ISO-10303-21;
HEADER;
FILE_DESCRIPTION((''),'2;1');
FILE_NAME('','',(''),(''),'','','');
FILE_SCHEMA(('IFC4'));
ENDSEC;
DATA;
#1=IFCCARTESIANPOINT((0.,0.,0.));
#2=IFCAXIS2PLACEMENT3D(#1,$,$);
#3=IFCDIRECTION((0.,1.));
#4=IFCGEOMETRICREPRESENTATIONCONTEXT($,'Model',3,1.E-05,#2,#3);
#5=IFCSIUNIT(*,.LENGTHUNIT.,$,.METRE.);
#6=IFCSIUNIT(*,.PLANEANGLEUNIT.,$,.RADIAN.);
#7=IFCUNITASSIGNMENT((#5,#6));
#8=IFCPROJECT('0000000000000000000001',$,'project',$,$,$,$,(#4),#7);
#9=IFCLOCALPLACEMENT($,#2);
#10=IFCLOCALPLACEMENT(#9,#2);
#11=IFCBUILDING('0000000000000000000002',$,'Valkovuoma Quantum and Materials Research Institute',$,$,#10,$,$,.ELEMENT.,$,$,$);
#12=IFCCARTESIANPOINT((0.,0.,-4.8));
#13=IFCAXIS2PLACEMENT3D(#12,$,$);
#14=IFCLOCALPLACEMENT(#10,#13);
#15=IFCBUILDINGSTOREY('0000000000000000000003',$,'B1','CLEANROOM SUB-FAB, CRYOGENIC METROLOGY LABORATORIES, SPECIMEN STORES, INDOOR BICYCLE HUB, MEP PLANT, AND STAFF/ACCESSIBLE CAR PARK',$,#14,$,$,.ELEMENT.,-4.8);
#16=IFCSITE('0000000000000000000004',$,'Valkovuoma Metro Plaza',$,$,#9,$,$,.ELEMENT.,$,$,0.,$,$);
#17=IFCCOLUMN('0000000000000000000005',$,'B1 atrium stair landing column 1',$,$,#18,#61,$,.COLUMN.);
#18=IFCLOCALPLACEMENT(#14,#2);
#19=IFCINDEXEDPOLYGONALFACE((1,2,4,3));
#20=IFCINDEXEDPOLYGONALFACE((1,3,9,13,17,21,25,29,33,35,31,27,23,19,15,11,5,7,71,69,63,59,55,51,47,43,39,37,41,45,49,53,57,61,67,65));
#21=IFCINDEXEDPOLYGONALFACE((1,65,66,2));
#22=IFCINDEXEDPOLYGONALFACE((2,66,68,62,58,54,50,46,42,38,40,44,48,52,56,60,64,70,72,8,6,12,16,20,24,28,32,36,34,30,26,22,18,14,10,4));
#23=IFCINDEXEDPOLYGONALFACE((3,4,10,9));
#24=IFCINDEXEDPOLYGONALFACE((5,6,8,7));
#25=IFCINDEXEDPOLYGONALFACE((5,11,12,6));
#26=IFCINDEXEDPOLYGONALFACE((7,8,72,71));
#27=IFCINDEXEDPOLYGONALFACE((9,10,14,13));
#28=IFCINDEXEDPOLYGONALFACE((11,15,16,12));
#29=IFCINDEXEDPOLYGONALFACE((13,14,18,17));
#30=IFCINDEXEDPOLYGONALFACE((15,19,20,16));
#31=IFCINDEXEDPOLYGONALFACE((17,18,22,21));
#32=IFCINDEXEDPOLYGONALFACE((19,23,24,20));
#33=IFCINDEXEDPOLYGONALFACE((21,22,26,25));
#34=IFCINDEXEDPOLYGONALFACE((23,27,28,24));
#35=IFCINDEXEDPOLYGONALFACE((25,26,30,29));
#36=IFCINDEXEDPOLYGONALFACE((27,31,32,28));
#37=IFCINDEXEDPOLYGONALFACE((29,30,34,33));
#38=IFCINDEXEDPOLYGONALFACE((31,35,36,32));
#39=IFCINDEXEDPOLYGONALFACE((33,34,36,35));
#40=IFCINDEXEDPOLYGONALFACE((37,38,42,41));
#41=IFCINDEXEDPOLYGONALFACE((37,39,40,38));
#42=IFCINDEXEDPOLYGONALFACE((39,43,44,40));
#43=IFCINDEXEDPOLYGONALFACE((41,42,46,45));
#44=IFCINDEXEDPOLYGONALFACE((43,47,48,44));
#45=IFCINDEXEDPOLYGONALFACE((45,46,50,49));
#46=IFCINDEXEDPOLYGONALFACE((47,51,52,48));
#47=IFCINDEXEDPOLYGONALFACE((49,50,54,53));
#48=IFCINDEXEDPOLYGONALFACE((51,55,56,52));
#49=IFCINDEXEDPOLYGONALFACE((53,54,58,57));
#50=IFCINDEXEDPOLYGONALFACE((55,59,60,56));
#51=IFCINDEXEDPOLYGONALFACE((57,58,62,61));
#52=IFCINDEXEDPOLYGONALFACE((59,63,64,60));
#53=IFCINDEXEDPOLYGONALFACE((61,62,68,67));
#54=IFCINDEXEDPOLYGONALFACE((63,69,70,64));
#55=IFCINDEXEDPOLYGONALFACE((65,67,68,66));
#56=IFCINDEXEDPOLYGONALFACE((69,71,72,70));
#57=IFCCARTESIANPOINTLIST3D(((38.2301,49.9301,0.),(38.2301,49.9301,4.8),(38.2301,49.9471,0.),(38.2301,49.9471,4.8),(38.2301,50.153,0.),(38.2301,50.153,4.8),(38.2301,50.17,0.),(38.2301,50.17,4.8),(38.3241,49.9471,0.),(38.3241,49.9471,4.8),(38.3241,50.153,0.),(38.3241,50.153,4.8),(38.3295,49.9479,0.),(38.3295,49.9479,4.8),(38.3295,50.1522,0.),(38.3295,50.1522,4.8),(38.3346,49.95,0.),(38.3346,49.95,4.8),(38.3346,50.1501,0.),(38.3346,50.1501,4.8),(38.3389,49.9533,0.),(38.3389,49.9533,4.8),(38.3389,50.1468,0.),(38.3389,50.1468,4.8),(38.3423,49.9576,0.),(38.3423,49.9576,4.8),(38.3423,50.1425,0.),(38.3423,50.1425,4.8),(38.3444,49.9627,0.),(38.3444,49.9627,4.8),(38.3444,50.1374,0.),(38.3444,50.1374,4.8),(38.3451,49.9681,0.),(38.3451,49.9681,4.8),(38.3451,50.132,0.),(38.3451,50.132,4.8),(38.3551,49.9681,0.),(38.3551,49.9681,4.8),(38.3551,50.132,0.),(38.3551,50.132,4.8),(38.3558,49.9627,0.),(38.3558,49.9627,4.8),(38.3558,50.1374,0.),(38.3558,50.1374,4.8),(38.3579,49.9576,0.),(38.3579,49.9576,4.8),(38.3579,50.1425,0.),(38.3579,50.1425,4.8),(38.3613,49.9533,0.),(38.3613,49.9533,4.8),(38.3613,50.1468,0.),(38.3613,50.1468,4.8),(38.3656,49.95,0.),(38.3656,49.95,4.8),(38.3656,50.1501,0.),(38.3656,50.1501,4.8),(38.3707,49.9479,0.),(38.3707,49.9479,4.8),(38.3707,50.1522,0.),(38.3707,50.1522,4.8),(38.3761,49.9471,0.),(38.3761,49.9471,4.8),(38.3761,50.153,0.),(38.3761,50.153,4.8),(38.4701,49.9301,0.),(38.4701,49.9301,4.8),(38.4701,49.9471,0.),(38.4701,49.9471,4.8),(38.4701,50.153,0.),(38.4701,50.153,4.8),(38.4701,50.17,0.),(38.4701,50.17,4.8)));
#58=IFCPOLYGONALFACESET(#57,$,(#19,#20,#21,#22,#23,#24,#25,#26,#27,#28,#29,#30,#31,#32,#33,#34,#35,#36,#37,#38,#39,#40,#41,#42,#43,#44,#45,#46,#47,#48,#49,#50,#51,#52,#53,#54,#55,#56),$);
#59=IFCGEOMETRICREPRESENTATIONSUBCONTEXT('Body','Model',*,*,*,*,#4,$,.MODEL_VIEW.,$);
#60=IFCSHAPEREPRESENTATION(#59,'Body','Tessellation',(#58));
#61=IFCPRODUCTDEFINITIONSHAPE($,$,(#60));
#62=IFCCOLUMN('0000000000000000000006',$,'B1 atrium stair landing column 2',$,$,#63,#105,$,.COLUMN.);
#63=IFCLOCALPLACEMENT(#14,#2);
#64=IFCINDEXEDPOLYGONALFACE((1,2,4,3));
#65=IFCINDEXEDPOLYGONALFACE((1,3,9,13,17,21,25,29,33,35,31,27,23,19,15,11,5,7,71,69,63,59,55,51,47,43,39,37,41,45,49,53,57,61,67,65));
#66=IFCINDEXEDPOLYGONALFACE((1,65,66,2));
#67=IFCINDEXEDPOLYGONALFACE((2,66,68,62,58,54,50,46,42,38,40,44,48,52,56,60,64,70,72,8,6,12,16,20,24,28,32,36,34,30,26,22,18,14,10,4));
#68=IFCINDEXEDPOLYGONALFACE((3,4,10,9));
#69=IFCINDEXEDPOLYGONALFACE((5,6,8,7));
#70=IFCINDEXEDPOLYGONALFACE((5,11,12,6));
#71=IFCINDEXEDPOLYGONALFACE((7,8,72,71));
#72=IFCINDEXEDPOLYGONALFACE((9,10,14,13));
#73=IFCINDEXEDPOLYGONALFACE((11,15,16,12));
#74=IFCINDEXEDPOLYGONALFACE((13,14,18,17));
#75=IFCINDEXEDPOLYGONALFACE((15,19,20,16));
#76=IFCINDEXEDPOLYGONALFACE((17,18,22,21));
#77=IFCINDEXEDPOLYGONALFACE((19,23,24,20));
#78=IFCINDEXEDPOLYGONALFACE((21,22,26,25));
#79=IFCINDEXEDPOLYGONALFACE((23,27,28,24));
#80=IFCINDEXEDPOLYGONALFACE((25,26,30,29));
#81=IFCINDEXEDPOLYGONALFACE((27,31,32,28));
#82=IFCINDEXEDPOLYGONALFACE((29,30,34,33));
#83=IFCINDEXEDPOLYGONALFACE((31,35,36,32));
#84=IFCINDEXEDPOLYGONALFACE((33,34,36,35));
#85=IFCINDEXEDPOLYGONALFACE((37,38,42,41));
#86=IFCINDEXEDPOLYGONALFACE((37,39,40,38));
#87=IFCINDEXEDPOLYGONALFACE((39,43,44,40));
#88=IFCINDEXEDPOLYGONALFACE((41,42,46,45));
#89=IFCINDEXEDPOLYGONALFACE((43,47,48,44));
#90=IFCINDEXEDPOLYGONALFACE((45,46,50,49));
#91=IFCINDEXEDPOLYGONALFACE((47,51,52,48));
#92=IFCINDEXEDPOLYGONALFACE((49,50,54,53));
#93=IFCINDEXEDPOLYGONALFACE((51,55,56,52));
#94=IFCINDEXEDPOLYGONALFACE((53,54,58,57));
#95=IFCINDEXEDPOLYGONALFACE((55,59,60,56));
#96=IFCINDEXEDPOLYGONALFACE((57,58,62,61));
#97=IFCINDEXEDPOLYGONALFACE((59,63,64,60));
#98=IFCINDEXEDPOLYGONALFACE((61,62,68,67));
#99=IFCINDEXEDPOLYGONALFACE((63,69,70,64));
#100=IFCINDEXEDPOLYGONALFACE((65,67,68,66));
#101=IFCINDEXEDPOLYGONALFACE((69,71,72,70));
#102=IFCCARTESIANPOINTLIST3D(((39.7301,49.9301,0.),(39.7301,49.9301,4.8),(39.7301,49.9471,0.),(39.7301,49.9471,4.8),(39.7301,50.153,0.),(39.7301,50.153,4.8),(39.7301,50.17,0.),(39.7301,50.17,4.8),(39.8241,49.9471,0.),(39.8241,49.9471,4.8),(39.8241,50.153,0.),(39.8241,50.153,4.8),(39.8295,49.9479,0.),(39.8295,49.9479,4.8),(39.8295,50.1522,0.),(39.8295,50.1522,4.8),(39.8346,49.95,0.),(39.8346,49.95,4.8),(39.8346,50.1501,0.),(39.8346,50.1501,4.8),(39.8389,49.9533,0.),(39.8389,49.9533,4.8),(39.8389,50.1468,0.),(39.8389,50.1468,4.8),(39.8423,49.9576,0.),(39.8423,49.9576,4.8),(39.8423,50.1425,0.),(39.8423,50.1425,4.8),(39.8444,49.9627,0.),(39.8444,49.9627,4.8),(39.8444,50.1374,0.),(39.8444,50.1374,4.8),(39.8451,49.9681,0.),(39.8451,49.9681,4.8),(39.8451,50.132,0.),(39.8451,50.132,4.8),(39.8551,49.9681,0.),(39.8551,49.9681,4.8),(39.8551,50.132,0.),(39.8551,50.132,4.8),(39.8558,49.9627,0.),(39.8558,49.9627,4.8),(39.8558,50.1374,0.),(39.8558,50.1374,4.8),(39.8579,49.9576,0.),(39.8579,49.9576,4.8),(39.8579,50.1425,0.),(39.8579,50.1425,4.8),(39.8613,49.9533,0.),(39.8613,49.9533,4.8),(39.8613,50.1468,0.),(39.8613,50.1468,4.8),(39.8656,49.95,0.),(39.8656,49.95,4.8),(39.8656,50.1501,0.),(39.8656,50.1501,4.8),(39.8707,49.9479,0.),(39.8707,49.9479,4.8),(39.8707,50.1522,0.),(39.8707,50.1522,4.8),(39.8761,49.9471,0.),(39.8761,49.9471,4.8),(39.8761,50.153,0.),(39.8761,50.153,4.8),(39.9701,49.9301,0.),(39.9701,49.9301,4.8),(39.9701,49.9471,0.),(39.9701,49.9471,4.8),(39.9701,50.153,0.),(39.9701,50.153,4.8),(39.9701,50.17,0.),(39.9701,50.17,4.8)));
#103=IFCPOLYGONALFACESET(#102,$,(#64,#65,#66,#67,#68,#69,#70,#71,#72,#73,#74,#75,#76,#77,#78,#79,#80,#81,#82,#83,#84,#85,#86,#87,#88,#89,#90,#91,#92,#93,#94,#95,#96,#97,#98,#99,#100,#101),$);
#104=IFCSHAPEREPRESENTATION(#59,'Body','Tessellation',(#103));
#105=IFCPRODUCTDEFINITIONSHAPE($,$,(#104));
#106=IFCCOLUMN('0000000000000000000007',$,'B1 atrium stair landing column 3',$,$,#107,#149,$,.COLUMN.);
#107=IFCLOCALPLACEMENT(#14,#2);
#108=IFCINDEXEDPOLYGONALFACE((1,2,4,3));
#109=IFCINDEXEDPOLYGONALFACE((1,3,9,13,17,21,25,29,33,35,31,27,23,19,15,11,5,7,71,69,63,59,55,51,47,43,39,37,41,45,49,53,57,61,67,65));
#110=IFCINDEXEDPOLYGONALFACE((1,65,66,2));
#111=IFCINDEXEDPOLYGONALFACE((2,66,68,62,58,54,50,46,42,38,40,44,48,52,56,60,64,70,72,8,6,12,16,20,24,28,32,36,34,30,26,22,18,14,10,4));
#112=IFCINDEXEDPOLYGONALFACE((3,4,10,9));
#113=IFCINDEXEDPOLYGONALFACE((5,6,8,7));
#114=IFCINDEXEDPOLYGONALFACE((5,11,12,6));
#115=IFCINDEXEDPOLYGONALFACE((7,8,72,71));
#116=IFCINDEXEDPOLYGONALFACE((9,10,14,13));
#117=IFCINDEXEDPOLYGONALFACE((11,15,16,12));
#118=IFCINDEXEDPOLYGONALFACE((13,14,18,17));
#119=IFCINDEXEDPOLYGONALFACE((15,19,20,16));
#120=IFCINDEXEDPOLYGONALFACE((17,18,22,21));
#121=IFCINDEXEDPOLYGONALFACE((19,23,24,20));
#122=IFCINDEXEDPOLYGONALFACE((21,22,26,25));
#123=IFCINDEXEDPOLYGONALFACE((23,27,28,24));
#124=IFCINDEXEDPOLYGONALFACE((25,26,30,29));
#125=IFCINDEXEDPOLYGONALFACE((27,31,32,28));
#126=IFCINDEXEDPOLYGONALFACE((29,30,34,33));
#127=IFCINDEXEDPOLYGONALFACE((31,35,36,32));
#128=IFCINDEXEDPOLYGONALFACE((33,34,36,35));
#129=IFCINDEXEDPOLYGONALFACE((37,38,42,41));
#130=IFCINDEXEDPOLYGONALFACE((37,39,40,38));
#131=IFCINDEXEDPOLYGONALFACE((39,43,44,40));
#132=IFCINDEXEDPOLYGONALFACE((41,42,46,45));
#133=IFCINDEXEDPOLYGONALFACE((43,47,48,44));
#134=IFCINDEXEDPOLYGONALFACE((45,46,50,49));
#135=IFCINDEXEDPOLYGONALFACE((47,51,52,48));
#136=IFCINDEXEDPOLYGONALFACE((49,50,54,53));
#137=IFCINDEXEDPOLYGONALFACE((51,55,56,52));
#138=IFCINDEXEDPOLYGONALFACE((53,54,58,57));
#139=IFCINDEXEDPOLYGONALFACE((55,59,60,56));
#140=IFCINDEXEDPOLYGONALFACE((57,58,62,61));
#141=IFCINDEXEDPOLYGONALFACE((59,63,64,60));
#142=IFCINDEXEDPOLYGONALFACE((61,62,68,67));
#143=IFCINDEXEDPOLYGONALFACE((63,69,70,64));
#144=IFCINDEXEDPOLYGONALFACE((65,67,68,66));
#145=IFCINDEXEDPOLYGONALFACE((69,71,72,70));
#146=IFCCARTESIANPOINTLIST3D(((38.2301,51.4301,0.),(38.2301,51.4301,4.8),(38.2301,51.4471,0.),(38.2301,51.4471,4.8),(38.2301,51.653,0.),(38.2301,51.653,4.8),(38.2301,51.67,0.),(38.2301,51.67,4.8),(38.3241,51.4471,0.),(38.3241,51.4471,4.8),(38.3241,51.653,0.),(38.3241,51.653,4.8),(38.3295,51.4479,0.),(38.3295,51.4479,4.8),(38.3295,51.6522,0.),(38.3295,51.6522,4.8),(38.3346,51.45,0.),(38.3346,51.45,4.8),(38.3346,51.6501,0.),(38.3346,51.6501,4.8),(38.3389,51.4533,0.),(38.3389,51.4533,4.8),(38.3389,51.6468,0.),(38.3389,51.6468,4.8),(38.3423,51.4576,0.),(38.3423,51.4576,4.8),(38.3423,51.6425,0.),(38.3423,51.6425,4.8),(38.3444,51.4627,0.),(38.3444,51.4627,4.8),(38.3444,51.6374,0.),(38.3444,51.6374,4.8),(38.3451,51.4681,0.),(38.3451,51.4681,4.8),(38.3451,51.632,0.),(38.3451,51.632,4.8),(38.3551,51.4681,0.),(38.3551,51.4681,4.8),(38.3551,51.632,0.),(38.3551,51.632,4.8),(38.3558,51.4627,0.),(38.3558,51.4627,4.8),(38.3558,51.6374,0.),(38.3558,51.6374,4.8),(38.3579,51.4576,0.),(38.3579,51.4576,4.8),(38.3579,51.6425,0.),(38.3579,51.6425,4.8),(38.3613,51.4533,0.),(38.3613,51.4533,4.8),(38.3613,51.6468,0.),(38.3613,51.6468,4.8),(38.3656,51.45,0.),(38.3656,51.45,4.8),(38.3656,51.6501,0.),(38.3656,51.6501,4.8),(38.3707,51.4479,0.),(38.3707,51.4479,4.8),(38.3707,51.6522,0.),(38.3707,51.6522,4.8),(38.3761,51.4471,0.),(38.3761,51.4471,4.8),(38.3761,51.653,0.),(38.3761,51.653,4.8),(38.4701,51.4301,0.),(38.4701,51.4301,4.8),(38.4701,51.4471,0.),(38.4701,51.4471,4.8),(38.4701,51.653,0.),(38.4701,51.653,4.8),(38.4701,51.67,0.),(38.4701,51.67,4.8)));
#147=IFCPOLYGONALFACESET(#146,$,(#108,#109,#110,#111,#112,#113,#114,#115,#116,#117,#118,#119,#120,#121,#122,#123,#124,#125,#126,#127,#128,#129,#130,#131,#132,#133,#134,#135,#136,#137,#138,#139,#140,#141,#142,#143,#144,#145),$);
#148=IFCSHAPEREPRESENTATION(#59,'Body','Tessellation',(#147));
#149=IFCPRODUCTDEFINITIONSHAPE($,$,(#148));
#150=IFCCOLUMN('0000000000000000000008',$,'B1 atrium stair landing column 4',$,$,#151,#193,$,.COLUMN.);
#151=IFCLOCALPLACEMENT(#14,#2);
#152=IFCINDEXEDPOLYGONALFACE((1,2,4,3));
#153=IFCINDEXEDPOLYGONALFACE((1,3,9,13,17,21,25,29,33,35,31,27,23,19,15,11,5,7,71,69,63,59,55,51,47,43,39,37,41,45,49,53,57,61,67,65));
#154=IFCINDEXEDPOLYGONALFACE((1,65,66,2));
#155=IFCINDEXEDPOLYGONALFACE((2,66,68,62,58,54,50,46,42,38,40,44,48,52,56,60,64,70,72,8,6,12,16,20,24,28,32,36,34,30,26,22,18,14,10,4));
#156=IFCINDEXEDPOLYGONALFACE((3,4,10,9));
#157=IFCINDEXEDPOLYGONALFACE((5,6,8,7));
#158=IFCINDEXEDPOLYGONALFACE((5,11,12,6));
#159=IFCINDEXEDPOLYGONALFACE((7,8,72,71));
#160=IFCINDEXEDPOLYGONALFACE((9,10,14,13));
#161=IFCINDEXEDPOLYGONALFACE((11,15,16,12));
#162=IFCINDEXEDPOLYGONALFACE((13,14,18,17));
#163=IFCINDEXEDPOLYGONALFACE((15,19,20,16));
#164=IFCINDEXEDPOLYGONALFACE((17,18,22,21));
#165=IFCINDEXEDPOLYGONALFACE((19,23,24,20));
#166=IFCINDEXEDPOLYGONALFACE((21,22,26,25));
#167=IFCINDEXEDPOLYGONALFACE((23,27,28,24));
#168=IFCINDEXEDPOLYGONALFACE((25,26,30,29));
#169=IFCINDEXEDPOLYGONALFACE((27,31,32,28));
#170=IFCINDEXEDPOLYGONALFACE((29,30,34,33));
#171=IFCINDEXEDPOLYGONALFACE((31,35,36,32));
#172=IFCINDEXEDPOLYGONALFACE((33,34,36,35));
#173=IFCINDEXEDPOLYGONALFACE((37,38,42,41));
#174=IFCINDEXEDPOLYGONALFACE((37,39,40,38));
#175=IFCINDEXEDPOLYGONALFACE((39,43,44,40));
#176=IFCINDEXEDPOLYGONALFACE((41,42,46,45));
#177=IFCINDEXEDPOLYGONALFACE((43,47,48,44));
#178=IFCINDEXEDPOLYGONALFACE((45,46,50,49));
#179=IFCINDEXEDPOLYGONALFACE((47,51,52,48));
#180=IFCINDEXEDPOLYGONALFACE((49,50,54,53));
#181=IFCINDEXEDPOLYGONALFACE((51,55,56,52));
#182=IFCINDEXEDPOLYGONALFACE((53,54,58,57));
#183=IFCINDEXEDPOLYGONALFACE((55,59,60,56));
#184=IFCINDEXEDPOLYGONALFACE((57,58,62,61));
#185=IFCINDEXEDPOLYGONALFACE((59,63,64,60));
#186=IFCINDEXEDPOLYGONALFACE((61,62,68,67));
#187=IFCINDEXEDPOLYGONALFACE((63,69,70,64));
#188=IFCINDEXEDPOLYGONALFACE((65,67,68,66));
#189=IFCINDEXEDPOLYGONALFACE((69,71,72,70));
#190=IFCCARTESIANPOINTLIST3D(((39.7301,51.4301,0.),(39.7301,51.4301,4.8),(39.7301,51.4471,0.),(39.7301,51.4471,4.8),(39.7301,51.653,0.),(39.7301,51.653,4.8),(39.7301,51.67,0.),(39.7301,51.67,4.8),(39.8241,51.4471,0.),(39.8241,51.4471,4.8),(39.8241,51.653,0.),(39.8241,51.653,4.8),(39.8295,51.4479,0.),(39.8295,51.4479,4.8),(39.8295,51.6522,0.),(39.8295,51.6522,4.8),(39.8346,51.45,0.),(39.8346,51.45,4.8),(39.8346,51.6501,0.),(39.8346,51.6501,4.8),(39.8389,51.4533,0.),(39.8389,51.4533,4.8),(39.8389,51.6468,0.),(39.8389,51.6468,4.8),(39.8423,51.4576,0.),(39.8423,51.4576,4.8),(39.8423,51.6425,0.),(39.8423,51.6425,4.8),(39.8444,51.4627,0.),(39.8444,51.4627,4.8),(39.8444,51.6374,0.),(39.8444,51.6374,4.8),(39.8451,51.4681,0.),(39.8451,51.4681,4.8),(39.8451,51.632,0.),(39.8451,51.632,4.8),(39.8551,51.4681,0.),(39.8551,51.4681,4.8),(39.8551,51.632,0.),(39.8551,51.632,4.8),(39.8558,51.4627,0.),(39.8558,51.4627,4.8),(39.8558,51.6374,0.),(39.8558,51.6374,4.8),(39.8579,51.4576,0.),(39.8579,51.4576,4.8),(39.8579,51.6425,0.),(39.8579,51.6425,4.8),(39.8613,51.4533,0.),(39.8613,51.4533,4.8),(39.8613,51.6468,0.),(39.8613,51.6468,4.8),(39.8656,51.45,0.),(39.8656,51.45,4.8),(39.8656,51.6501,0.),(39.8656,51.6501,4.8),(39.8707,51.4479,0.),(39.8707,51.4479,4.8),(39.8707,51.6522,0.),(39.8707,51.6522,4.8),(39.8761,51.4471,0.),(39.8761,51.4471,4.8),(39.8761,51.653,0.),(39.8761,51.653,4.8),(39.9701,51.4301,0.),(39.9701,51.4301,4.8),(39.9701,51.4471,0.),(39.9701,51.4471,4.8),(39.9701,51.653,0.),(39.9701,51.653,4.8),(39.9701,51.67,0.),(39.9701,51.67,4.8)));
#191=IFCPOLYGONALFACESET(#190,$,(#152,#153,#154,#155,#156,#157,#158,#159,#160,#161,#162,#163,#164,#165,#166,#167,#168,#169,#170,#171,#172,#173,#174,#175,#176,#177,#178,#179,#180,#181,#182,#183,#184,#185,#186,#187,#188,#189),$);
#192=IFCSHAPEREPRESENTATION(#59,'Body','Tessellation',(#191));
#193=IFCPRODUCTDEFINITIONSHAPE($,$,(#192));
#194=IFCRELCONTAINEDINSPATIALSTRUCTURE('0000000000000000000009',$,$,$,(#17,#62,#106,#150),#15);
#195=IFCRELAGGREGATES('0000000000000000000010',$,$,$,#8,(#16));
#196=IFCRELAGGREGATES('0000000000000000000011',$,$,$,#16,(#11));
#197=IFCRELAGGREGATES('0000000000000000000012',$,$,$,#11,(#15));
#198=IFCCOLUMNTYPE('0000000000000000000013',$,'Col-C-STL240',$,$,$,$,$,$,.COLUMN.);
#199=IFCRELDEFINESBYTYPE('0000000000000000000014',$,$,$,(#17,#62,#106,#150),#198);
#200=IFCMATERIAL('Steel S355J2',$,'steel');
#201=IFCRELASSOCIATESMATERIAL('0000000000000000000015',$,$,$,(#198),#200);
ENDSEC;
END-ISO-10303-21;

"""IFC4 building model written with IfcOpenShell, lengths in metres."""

from ifc_helpers import new_model, si_unit, direction, frame, origin, origin_2d, place, context, subcontext, project, spatial, i_section, extrude, material, material_profile, profile_set, type_object, element, save


model = new_model("IFC4")

# Units and contexts
model_context = context("Model", 3, precision=1e-05, world=origin(), true_north=direction((0.0, 1.0)))
body_context = subcontext(model_context, "Body", "Model", "MODEL_VIEW")
ifc_project = project(units=[si_unit("LENGTHUNIT", "METRE"), si_unit("PLANEANGLEUNIT", "RADIAN")], contexts=[model_context])

# Site, building, storey
site_placement = place(None, origin())
site = spatial("IfcSite", under=ifc_project, at=site_placement, Name="Valkovuoma Metro Plaza", CompositionType="ELEMENT", RefElevation=0.0)
building_placement = place(site_placement, origin())
building = spatial("IfcBuilding", under=site, at=building_placement, Name="Valkovuoma Quantum and Materials Research Institute", CompositionType="ELEMENT")
storey_placement = place(building_placement, frame((0.0, 0.0, -4.8)))
storey = spatial("IfcBuildingStorey", under=building, at=storey_placement, Name="B1", Description="CLEANROOM SUB-FAB, CRYOGENIC METROLOGY LABORATORIES, SPECIMEN STORES, INDOOR BICYCLE HUB, MEP PLANT, AND STAFF/ACCESSIBLE CAR PARK", CompositionType="ELEMENT", Elevation=-4.8)

# Columns
ifc_material_1 = material(Name="Steel S355J2", Category="steel")
ifc_material_profile_1 = material_profile(ifc_material_1, i_section(OverallWidth=0.24, OverallDepth=0.24, WebThickness=0.01, FlangeThickness=0.0171, FilletRadius=0.021, at=origin_2d()), Name="Steel S355J2")
ifc_profile_set_1 = profile_set([ifc_material_profile_1], Name="Steel S355J2")
column_type_1 = type_object("IfcColumnType", Name="Col-C-STL240", PredefinedType="COLUMN", material=ifc_profile_set_1)
for number, where, z_axis, x_axis, name in (
    (1, (38.3501, 50.05, 0.0), (0.0, 0.0, 1.0), (1.0, 0.0, 0.0), "B1 atrium stair landing column 1"),
    (2, (39.8501, 50.05, 0.0), (0.0, 0.0, 1.0), (1.0, 0.0, 0.0), "B1 atrium stair landing column 2"),
    (3, (38.3501, 51.55, 0.0), (0.0, 0.0, 1.0), (1.0, 0.0, 0.0), "B1 atrium stair landing column 3"),
    (4, (39.8501, 51.55, 0.0), (0.0, 0.0, 1.0), (1.0, 0.0, 0.0), "B1 atrium stair landing column 4"),
):
    element("IfcColumn", number, at=place(storey_placement, frame(where, z_axis=z_axis, x_axis=x_axis)), inside=storey, type_object=column_type_1, Name=name, PredefinedType="COLUMN", context=body_context, shape_type="SweptSolid", body=[
        extrude(i_section(OverallWidth=0.24, OverallDepth=0.24, WebThickness=0.01, FlangeThickness=0.0171, FilletRadius=0.021, at=origin_2d()), origin(), (0.0, 0.0, 1.0), 4.8),
    ])

save(model, "model.ifc")
